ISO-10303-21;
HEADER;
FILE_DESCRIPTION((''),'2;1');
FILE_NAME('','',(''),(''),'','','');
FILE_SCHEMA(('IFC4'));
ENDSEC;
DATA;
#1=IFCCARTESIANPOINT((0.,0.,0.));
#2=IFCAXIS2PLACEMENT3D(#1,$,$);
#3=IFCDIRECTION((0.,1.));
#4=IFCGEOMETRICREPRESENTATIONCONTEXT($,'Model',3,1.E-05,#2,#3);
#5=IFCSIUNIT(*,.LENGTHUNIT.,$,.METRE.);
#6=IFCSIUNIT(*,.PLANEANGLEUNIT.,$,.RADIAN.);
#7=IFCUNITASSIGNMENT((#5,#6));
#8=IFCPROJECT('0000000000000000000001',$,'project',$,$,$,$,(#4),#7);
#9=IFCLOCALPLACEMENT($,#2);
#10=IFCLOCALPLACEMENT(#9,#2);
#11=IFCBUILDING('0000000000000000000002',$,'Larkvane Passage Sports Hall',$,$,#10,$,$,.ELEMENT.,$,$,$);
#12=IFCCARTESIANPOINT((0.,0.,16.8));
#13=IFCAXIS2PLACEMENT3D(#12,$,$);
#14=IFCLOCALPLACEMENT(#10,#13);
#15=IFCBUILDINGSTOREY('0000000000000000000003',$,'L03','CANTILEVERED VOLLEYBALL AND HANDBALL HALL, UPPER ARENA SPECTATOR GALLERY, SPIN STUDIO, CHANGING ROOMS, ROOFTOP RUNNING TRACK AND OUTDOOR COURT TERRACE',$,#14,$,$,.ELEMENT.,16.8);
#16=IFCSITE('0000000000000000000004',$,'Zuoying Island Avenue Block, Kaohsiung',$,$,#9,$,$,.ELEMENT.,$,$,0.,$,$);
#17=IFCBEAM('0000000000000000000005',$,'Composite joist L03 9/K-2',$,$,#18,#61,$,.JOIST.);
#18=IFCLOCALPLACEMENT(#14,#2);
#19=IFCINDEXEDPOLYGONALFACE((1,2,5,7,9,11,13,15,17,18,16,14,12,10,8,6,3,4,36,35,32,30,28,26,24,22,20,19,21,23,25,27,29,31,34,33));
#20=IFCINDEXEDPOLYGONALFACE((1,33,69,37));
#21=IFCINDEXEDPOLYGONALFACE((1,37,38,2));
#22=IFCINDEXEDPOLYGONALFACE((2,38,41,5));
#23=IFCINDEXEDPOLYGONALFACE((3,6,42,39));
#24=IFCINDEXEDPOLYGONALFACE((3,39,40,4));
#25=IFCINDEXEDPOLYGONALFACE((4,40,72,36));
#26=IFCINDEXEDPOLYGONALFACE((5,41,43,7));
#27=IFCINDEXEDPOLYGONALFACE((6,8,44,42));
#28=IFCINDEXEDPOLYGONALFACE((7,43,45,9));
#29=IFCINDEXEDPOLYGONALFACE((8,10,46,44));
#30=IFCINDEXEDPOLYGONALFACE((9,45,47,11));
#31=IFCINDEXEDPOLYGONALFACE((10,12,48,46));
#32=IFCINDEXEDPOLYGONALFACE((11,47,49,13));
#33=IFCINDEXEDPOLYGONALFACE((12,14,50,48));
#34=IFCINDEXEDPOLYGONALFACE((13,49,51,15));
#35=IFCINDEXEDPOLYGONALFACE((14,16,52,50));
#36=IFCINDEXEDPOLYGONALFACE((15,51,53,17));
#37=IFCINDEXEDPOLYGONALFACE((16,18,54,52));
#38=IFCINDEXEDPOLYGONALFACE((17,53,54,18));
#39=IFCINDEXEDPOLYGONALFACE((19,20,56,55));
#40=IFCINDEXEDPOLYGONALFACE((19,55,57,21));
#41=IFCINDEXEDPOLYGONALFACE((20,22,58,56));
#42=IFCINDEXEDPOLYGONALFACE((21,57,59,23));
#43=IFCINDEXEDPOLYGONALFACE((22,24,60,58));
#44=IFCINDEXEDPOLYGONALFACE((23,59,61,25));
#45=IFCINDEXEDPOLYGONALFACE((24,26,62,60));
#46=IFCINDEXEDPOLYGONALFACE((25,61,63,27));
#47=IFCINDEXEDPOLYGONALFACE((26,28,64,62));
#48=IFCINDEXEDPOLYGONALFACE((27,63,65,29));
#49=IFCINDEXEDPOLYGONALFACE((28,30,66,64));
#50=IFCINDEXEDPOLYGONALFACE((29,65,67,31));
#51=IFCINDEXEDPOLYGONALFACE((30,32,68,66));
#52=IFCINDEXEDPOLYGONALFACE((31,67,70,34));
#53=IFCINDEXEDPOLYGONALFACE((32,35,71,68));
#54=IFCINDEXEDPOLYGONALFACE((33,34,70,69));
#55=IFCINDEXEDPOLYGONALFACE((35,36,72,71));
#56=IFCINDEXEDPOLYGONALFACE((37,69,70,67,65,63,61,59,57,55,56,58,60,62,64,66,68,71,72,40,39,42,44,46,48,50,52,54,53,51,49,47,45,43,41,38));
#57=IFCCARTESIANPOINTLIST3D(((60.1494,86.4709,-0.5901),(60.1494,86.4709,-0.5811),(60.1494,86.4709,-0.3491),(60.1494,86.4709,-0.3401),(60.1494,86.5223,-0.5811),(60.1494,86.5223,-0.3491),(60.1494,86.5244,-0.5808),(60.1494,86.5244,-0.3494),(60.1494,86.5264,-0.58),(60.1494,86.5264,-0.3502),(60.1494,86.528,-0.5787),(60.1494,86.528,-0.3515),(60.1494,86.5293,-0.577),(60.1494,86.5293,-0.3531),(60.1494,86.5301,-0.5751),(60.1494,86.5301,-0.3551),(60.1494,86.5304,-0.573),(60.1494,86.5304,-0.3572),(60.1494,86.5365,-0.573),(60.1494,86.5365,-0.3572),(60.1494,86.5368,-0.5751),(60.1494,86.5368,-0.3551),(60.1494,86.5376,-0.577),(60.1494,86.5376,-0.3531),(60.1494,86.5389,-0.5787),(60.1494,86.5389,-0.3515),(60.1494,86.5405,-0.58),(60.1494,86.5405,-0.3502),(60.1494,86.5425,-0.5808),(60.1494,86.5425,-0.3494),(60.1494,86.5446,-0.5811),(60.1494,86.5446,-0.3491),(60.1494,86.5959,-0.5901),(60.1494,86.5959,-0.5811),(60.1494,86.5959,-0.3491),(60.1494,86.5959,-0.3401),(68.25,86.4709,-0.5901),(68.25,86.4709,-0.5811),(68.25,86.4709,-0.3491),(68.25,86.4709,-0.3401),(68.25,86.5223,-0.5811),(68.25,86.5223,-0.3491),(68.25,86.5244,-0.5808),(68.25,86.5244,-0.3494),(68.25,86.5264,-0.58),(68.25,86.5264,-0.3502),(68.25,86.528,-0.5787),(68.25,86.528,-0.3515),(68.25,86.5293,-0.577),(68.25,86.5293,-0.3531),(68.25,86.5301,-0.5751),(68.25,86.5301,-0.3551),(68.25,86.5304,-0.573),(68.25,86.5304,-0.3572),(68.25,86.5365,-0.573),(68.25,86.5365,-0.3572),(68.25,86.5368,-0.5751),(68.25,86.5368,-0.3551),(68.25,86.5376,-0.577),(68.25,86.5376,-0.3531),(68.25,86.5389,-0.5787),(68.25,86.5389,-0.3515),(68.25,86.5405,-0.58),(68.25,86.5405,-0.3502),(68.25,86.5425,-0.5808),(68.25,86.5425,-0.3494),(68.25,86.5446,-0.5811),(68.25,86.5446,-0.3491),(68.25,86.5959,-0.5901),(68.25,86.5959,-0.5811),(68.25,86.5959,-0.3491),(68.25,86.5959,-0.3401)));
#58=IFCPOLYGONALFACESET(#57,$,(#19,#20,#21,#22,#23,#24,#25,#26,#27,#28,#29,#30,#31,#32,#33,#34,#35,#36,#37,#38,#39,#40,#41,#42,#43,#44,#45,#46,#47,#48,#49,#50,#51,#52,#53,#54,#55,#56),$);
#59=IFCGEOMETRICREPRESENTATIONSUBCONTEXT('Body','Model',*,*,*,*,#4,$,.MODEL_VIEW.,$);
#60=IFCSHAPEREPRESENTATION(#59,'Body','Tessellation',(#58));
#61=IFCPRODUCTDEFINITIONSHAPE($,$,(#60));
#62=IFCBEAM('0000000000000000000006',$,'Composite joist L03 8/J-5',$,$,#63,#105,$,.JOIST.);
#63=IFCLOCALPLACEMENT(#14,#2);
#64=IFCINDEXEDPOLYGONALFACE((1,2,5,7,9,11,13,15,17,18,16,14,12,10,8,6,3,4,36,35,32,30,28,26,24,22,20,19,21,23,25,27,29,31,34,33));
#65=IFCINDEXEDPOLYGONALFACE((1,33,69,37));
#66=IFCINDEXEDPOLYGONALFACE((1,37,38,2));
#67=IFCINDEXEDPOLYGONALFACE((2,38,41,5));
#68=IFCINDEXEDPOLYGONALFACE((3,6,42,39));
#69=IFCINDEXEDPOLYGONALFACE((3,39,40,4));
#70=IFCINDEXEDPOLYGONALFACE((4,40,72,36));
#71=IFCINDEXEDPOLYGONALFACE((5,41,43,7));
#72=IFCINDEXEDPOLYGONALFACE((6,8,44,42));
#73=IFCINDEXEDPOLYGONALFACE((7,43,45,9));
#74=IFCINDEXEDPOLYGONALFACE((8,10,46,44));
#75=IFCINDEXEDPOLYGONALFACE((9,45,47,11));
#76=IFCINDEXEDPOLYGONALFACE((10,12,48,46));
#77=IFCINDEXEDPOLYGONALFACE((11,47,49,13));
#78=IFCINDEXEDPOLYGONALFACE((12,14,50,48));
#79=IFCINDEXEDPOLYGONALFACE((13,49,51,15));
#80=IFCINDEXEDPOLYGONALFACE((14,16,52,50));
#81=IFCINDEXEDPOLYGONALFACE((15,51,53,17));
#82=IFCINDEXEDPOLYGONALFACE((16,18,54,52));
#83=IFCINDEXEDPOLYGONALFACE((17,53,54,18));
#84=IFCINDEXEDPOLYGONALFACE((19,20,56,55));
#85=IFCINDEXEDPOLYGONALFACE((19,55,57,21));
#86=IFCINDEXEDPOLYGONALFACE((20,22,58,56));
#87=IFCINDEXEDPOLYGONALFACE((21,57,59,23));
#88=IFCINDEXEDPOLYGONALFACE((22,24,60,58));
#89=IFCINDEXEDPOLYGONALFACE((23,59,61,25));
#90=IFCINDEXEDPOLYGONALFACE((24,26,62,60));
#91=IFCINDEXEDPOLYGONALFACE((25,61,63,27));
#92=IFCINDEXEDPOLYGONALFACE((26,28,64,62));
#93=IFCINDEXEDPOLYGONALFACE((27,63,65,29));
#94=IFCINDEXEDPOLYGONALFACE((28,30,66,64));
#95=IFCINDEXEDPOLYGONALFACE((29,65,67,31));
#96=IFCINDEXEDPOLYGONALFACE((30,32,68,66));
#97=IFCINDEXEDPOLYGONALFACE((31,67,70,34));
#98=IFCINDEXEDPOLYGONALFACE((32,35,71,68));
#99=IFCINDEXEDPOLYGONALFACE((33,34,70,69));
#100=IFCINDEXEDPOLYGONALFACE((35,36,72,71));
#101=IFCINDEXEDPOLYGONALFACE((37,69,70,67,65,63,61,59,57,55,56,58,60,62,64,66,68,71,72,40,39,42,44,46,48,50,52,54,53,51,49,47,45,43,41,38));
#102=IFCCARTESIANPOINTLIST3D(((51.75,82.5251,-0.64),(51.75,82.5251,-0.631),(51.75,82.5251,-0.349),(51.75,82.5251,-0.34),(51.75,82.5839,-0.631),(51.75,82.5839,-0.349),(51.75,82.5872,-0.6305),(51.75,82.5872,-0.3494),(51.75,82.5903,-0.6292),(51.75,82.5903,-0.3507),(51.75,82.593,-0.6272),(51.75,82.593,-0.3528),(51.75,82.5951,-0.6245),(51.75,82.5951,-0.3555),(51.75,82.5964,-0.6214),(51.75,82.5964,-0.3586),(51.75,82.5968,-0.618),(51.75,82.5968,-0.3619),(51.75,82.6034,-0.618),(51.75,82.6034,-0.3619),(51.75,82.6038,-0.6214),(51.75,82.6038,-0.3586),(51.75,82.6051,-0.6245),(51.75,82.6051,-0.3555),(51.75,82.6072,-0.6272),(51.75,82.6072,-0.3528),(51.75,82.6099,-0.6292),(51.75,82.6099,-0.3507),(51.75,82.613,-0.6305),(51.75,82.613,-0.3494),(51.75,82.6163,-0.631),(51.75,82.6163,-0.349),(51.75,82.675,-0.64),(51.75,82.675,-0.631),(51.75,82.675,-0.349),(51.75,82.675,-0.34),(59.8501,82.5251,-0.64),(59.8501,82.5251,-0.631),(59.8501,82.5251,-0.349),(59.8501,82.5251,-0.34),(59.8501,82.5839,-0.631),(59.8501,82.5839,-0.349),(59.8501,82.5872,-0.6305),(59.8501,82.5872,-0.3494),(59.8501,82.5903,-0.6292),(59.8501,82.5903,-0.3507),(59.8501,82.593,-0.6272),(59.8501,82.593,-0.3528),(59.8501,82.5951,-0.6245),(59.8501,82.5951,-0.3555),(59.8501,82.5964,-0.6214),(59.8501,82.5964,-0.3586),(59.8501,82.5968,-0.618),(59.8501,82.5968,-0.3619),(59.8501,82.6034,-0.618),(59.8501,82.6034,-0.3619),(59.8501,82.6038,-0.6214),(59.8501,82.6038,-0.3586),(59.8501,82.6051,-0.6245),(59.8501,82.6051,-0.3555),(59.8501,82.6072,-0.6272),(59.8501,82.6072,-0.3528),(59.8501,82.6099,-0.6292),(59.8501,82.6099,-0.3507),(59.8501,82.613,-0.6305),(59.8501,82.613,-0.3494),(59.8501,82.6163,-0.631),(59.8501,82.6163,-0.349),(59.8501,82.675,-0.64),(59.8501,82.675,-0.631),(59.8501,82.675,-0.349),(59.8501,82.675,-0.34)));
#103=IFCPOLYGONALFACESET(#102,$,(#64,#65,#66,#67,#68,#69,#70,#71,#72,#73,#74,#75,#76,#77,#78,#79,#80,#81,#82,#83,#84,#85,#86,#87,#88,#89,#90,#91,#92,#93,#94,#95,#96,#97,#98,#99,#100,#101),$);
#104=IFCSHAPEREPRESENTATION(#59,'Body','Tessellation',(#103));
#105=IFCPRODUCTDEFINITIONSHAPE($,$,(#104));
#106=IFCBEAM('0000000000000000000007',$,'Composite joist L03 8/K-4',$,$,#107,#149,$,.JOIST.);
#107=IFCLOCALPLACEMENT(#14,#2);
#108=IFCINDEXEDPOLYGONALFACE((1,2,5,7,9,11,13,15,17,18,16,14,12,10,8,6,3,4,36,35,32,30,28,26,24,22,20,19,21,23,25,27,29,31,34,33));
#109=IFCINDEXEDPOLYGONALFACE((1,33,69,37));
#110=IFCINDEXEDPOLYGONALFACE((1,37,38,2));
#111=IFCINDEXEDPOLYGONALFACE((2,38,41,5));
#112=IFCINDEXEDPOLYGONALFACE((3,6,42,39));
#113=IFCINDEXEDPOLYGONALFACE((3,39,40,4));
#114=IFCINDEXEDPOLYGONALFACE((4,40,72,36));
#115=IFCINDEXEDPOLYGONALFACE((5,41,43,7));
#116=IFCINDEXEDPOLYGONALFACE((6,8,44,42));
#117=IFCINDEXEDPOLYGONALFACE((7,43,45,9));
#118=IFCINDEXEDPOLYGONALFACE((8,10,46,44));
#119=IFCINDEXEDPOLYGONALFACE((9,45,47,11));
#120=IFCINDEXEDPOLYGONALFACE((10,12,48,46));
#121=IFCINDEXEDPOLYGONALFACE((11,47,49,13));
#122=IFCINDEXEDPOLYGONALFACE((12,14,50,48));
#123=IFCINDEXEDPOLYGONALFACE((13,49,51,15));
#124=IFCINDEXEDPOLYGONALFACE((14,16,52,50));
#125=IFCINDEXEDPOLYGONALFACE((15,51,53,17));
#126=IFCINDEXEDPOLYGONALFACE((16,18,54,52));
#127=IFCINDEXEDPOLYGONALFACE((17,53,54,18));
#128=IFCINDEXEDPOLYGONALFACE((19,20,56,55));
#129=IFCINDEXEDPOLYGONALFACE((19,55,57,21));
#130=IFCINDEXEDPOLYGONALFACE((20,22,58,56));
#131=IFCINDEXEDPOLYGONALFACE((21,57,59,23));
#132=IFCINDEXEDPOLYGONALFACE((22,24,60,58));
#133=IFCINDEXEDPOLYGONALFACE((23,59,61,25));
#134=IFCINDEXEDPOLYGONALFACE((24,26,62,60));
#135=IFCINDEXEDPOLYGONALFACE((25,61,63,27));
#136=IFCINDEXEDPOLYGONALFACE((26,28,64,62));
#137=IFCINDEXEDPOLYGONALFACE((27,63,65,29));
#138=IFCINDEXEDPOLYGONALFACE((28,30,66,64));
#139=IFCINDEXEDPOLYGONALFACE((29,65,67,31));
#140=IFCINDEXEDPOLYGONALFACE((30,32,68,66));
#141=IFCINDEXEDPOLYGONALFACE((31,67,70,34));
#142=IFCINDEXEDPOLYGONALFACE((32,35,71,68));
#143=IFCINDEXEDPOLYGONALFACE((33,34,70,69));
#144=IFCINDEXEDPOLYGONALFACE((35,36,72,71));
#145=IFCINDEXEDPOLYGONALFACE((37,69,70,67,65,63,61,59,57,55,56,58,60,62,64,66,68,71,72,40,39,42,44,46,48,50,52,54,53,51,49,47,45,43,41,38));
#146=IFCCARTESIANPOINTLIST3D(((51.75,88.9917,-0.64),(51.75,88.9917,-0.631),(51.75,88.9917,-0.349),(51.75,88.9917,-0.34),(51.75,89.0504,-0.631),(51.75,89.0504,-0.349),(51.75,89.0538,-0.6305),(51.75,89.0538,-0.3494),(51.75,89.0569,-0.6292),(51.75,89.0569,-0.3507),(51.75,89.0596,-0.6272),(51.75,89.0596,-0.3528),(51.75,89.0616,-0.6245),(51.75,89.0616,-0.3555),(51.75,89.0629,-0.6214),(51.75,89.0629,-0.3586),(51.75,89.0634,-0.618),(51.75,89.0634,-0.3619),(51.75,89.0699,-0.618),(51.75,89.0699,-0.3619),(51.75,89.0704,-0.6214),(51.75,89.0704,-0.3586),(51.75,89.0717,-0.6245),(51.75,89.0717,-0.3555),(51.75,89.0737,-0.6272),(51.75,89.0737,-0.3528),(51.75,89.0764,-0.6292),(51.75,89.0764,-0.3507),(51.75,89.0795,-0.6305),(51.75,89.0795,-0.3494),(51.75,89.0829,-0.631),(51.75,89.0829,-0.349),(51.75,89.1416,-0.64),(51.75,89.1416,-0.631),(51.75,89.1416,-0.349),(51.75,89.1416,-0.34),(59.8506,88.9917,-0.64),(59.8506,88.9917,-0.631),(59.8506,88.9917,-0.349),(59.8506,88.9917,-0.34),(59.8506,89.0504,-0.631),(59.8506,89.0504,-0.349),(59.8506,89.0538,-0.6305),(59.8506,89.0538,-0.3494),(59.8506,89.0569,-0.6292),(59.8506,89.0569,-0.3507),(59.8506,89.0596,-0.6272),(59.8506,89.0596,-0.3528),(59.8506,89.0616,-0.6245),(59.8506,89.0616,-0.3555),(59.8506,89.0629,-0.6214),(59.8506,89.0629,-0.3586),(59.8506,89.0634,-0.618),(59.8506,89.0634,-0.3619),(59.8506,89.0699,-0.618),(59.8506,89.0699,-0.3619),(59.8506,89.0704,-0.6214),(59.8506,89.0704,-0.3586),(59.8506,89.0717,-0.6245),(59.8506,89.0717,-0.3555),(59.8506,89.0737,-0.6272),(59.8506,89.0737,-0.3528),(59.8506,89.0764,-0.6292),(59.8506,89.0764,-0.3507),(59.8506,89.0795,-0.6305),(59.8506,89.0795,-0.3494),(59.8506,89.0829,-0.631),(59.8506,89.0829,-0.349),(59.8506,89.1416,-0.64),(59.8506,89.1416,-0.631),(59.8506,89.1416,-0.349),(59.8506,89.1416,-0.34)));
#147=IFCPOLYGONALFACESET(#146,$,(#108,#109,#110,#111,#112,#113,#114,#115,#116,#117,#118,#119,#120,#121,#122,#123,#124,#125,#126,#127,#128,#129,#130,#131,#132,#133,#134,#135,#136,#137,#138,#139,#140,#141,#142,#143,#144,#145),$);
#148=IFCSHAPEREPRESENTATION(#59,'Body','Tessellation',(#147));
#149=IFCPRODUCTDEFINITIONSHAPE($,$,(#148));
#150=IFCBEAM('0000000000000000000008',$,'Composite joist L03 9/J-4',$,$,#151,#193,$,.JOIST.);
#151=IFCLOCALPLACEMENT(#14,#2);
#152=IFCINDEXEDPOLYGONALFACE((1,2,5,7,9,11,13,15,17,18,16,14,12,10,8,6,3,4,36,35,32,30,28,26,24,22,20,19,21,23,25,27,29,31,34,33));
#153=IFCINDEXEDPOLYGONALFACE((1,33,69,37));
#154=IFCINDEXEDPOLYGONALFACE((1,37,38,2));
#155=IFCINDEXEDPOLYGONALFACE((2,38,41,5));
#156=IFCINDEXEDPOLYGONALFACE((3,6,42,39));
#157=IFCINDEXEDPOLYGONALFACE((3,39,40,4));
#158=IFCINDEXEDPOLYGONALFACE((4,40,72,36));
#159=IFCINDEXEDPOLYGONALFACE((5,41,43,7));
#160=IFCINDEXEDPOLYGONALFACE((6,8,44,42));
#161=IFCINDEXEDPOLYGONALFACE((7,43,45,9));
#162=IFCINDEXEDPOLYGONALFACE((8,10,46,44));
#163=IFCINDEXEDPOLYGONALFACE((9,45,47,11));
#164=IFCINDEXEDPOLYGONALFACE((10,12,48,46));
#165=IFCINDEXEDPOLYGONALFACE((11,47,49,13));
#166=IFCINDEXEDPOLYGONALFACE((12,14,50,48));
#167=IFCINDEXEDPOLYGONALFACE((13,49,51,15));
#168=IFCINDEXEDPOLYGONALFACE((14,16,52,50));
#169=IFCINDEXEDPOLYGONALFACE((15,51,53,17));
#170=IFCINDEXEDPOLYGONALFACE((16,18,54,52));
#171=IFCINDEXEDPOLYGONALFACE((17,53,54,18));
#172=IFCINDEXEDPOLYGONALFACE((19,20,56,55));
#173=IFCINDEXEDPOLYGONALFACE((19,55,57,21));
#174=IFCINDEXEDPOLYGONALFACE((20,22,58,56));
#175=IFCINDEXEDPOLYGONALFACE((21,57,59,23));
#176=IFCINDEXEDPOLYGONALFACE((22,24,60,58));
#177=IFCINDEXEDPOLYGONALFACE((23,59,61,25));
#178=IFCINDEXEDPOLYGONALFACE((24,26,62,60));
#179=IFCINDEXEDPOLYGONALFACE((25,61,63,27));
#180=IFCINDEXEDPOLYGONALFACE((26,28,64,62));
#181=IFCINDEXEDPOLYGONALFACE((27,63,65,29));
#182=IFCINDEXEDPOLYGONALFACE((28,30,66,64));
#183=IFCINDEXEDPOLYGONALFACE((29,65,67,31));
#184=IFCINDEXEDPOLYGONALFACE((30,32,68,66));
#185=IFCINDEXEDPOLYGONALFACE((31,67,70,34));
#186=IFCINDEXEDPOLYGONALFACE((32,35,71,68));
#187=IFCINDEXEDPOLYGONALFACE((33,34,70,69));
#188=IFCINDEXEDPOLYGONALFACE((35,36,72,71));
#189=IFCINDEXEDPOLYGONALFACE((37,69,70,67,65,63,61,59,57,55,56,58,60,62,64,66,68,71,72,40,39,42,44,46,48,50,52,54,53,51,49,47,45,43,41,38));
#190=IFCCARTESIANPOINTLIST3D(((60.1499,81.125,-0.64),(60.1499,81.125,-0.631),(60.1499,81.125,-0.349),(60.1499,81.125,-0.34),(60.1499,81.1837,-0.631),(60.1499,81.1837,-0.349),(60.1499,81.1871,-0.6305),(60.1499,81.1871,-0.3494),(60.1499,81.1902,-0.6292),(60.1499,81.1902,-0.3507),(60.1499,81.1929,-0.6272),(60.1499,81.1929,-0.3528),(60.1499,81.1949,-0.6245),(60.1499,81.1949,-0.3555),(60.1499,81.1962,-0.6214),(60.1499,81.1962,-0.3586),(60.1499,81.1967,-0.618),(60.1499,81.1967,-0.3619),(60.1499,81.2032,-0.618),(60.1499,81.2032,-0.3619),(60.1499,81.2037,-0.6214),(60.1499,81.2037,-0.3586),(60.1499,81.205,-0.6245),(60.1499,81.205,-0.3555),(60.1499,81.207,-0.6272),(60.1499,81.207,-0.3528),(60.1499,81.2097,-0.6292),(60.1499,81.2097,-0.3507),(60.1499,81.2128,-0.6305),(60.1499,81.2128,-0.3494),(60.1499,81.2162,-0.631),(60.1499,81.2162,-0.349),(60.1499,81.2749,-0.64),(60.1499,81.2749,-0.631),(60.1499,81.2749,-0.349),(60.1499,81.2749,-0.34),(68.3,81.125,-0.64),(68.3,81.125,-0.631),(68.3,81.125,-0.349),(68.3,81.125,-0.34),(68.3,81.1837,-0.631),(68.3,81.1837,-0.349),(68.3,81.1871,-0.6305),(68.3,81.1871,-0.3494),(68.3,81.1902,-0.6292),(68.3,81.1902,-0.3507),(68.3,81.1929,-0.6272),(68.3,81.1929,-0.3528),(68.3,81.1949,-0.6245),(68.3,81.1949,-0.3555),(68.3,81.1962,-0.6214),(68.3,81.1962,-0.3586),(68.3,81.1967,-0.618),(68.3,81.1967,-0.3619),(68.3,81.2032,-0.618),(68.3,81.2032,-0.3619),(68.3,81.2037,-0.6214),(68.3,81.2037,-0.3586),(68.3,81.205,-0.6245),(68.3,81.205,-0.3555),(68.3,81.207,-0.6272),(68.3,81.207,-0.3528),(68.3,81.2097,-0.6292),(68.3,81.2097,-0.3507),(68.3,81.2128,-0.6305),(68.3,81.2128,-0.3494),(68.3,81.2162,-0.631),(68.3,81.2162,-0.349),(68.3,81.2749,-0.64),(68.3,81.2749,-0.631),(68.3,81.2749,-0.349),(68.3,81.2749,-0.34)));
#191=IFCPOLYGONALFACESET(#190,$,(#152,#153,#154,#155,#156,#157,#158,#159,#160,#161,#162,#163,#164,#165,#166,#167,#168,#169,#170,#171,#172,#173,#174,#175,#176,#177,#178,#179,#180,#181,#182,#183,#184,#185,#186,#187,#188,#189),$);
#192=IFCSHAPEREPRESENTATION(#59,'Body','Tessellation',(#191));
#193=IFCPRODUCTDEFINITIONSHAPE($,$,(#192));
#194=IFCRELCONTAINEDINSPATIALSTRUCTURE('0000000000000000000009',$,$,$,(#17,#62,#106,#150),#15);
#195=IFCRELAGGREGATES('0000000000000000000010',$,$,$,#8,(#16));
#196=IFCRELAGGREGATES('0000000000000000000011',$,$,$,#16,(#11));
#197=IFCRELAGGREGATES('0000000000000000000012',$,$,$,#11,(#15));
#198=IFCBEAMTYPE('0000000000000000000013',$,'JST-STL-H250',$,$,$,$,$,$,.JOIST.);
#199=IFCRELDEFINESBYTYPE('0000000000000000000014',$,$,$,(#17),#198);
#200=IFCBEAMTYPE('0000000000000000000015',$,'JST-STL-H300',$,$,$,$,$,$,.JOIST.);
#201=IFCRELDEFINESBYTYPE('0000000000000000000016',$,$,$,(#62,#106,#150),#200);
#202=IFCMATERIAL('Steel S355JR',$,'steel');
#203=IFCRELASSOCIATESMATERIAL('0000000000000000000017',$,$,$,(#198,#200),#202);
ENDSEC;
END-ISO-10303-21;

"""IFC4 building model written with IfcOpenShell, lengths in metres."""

from ifc_helpers import new_model, si_unit, direction, frame, origin, origin_2d, place, context, subcontext, project, spatial, i_section, extrude, material, material_profile, profile_set, type_object, element, save


model = new_model("IFC4")

# Units and contexts
model_context = context("Model", 3, precision=1e-05, world=origin(), true_north=direction((0.0, 1.0)))
body_context = subcontext(model_context, "Body", "Model", "MODEL_VIEW")
ifc_project = project(units=[si_unit("LENGTHUNIT", "METRE"), si_unit("PLANEANGLEUNIT", "RADIAN")], contexts=[model_context])

# Site, building, storey
site_placement = place(None, origin())
site = spatial("IfcSite", under=ifc_project, at=site_placement, Name="Zuoying Island Avenue Block, Kaohsiung", CompositionType="ELEMENT", RefElevation=0.0)
building_placement = place(site_placement, origin())
building = spatial("IfcBuilding", under=site, at=building_placement, Name="Larkvane Passage Sports Hall", CompositionType="ELEMENT")
storey_placement = place(building_placement, frame((0.0, 0.0, 16.8)))
storey = spatial("IfcBuildingStorey", under=building, at=storey_placement, Name="L03", Description="CANTILEVERED VOLLEYBALL AND HANDBALL HALL, UPPER ARENA SPECTATOR GALLERY, SPIN STUDIO, CHANGING ROOMS, ROOFTOP RUNNING TRACK AND OUTDOOR COURT TERRACE", CompositionType="ELEMENT", Elevation=16.8)

# Shared definitions
ifc_material_1 = material(Name="Steel S355JR", Category="steel")

# Beams
ifc_material_profile_1 = material_profile(ifc_material_1, i_section(OverallWidth=0.125, OverallDepth=0.25, WebThickness=0.0061, FlangeThickness=0.009, FilletRadius=0.0081, at=origin_2d()), Name="H-250x125x6x9")
ifc_profile_set_1 = profile_set([ifc_material_profile_1], Name="Steel S355JR")
beam_type_1 = type_object("IfcBeamType", Name="JST-STL-H250", PredefinedType="JOIST", material=ifc_profile_set_1)
beam_1_placement = place(storey_placement, frame((60.1494, 86.5334, -0.4651), z_axis=(1.0, 0.0, 0.0), x_axis=(0.0, 1.0, 0.0)))
element("IfcBeam", 1, at=beam_1_placement, inside=storey, type_object=beam_type_1, Name="Composite joist L03 9/K-2", PredefinedType="JOIST", context=body_context, shape_type="SweptSolid", body=[
    extrude(i_section(OverallWidth=0.125, OverallDepth=0.25, WebThickness=0.0061, FlangeThickness=0.009, FilletRadius=0.0081, at=origin_2d()), origin(), (0.0, 0.0, 1.0), 8.1006),
])
ifc_material_profile_2 = material_profile(ifc_material_1, i_section(OverallWidth=0.1499, OverallDepth=0.3, WebThickness=0.0066, FlangeThickness=0.009, FilletRadius=0.0129, at=origin_2d()), Name="H-300x150x6.5x9")
ifc_profile_set_2 = profile_set([ifc_material_profile_2], Name="Steel S355JR")
beam_type_2 = type_object("IfcBeamType", Name="JST-STL-H300", PredefinedType="JOIST", material=ifc_profile_set_2)
beam_2_placement = place(storey_placement, frame((51.75, 82.6001, -0.49), z_axis=(1.0, 0.0, 0.0), x_axis=(0.0, 1.0, 0.0)))
element("IfcBeam", 2, at=beam_2_placement, inside=storey, type_object=beam_type_2, Name="Composite joist L03 8/J-5", PredefinedType="JOIST", context=body_context, shape_type="SweptSolid", body=[
    extrude(i_section(OverallWidth=0.1499, OverallDepth=0.3, WebThickness=0.0066, FlangeThickness=0.009, FilletRadius=0.0129, at=origin_2d()), origin(), (0.0, 0.0, 1.0), 8.1001),
])
beam_3_placement = place(storey_placement, frame((51.75, 89.0667, -0.49), z_axis=(1.0, 0.0, 0.0), x_axis=(0.0, 1.0, 0.0)))
element("IfcBeam", 3, at=beam_3_placement, inside=storey, type_object=beam_type_2, Name="Composite joist L03 8/K-4", PredefinedType="JOIST", context=body_context, shape_type="SweptSolid", body=[
    extrude(i_section(OverallWidth=0.1499, OverallDepth=0.3, WebThickness=0.0066, FlangeThickness=0.009, FilletRadius=0.0129, at=origin_2d()), origin(), (0.0, 0.0, 1.0), 8.1006),
])
beam_4_placement = place(storey_placement, frame((60.1499, 81.2, -0.49), z_axis=(1.0, 0.0, 0.0), x_axis=(0.0, 1.0, 0.0)))
element("IfcBeam", 4, at=beam_4_placement, inside=storey, type_object=beam_type_2, Name="Composite joist L03 9/J-4", PredefinedType="JOIST", context=body_context, shape_type="SweptSolid", body=[
    extrude(i_section(OverallWidth=0.1499, OverallDepth=0.3, WebThickness=0.0066, FlangeThickness=0.009, FilletRadius=0.0129, at=origin_2d()), origin(), (0.0, 0.0, 1.0), 8.1501),
])

save(model, "model.ifc")
